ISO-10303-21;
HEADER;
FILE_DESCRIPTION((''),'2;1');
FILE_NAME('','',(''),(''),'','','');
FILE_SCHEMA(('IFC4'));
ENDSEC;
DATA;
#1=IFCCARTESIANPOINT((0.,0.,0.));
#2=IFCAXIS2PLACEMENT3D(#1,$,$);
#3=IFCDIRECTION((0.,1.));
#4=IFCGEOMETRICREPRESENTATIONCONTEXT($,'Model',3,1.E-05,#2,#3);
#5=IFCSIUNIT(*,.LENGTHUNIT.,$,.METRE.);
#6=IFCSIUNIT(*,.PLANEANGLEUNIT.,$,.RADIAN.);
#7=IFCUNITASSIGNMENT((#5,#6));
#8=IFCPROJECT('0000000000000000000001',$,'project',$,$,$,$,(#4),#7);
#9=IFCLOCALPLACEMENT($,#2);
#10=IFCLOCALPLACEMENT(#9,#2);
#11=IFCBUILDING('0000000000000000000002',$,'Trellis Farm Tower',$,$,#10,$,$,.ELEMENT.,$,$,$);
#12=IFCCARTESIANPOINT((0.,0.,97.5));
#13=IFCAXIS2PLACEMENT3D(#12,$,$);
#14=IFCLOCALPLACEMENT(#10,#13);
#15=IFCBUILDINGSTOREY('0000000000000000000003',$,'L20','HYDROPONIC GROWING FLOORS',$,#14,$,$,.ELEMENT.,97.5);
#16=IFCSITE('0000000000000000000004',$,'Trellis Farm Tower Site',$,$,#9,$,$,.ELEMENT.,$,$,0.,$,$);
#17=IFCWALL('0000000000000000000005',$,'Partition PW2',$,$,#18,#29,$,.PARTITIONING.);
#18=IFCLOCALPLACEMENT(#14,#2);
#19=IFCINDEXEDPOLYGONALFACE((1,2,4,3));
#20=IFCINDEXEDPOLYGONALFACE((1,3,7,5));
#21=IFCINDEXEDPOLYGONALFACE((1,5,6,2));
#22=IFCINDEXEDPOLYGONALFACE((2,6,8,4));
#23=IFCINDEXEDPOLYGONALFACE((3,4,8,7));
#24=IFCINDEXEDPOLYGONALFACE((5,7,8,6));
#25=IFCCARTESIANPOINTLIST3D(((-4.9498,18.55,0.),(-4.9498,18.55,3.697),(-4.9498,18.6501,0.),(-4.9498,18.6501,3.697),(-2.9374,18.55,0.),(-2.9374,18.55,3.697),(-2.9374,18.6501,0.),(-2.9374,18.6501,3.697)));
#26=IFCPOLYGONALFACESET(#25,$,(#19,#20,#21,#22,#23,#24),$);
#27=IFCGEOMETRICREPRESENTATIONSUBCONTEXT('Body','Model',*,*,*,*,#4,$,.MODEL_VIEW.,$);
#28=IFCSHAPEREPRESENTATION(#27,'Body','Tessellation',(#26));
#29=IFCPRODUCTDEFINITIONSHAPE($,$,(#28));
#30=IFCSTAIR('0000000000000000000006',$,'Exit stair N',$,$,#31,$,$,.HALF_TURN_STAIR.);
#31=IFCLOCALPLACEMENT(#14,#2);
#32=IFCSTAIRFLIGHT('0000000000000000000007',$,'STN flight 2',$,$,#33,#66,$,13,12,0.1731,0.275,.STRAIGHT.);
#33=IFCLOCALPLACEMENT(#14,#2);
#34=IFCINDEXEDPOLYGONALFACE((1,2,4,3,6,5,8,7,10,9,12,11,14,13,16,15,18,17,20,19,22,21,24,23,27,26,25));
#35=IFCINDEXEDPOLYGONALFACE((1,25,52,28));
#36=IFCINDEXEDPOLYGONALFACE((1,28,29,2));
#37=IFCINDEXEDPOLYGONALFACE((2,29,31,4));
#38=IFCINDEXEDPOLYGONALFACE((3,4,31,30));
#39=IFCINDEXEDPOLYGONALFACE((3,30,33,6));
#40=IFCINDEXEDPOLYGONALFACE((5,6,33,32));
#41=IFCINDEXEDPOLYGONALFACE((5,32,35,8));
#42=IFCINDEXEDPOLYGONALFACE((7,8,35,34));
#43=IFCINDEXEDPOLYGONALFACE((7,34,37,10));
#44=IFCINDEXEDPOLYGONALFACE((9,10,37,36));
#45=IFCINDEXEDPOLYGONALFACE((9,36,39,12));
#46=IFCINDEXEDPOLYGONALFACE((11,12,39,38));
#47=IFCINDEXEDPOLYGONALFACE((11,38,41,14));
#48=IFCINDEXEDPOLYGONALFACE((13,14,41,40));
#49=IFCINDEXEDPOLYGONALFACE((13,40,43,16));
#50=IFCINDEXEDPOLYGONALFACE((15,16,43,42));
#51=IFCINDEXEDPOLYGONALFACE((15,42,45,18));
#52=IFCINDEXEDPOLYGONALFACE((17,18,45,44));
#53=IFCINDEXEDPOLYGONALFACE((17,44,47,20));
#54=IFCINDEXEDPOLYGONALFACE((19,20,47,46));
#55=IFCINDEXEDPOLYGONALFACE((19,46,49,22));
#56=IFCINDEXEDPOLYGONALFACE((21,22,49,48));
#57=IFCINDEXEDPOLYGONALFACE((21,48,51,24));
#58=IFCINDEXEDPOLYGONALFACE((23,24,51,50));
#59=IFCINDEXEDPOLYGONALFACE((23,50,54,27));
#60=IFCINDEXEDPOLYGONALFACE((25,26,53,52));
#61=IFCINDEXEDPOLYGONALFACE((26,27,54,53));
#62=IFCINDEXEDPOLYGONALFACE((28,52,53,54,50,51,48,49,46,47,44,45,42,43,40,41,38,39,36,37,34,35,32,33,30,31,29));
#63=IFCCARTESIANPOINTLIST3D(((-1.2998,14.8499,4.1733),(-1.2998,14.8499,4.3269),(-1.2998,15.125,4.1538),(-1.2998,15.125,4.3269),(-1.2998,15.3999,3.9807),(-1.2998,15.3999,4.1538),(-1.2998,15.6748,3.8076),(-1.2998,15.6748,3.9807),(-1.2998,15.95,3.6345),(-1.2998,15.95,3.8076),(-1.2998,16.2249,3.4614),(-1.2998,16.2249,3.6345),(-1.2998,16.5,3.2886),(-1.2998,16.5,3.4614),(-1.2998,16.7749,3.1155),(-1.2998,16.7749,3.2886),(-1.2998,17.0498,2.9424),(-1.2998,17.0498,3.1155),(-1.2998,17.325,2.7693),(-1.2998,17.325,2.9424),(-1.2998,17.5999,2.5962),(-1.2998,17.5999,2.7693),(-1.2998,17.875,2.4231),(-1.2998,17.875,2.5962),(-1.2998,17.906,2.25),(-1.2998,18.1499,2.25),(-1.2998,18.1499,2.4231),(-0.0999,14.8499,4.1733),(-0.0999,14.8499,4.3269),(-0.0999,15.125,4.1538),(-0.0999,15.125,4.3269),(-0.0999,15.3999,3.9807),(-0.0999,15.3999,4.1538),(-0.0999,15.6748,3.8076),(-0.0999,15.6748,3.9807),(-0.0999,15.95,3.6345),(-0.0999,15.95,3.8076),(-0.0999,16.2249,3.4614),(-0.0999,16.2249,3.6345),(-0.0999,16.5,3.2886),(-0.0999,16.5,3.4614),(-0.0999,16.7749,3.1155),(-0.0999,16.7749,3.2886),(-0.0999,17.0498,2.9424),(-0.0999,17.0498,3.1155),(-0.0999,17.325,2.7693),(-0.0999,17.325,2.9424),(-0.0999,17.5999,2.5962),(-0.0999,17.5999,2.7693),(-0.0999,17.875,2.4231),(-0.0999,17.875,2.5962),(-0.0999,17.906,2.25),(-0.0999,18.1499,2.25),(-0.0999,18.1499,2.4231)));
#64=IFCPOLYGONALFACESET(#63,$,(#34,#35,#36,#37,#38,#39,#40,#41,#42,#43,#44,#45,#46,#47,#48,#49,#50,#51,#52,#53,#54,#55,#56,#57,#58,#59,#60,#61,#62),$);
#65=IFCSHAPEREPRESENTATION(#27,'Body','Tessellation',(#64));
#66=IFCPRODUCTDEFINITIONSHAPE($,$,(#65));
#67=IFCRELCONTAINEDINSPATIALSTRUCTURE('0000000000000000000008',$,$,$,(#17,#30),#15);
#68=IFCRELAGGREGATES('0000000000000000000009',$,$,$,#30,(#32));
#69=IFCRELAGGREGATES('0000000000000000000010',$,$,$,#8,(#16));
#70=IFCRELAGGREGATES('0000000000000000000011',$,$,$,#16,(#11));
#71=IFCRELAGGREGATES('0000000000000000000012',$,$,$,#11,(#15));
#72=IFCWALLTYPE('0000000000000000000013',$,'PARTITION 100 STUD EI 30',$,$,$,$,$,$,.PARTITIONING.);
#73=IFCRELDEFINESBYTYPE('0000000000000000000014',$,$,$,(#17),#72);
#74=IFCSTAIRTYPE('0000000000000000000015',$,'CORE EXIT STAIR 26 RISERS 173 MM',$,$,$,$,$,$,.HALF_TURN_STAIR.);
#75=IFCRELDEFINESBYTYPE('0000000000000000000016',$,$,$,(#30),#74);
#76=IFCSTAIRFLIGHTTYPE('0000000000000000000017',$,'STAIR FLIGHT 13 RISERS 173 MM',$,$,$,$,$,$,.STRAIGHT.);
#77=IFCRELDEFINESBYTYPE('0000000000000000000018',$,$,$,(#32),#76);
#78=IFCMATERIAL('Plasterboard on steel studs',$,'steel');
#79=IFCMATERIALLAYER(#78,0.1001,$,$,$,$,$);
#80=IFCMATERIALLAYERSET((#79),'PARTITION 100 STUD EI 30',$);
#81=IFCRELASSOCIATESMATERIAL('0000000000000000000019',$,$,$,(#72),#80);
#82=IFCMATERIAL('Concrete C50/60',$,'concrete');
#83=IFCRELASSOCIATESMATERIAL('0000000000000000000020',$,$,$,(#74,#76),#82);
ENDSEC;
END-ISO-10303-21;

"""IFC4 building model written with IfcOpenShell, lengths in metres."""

from ifc_helpers import new_model, si_unit, direction, frame, frame_2d, origin, place, context, subcontext, project, spatial, polyline, rectangle, outline, extrude, source, transform, mapped, material, layer, layer_set, type_object, element, aggregate, save


model = new_model("IFC4")

# Units and contexts
model_context = context("Model", 3, precision=1e-05, world=origin(), true_north=direction((0.0, 1.0)))
body_context = subcontext(model_context, "Body", "Model", "MODEL_VIEW")
ifc_project = project(units=[si_unit("LENGTHUNIT", "METRE"), si_unit("PLANEANGLEUNIT", "RADIAN")], contexts=[model_context])

# Site, building, storey
site_placement = place(None, origin())
site = spatial("IfcSite", under=ifc_project, at=site_placement, Name="Trellis Farm Tower Site", CompositionType="ELEMENT", RefElevation=0.0)
building_placement = place(site_placement, origin())
building = spatial("IfcBuilding", under=site, at=building_placement, Name="Trellis Farm Tower", CompositionType="ELEMENT")
storey_placement = place(building_placement, frame((0.0, 0.0, 97.5)))
storey = spatial("IfcBuildingStorey", under=building, at=storey_placement, Name="L20", Description="HYDROPONIC GROWING FLOORS", CompositionType="ELEMENT", Elevation=97.5)

# Shared definitions
placement_1 = place(storey_placement, origin())

# Wall
ifc_material_1 = material(Name="Plasterboard on steel studs", Category="steel")
ifc_layer_1 = layer(ifc_material_1, 0.1001)
ifc_layer_set_1 = layer_set([ifc_layer_1], Name="PARTITION 100 STUD EI 30")
wall_type_1 = type_object("IfcWallType", Name="PARTITION 100 STUD EI 30", PredefinedType="PARTITIONING", material=ifc_layer_set_1)
shared_shape_1 = source(origin(), body_context, "Body", "SweptSolid", [
    extrude(rectangle(XDim=2.0125, YDim=0.1001, at=frame_2d((1.0063, 0.0))), origin(), (0.0, 0.0, 1.0), 3.697),
])
wall_1_placement = place(storey_placement, frame((-4.95, 18.6001, 0.0), z_axis=(0.0, 0.0, 1.0), x_axis=(1.0, 0.0, 0.0)))
element("IfcWall", 1, at=wall_1_placement, inside=storey, type_object=wall_type_1, Name="Partition PW2", PredefinedType="PARTITIONING", context=body_context, shape_type="MappedRepresentation", body=[
    mapped(shared_shape_1, transform((0.0, 0.0, 0.0))),
])

# Stair, stair flight
ifc_material_2 = material(Name="Concrete C50/60", Category="concrete")
stair_type = type_object("IfcStairType", Name="CORE EXIT STAIR 26 RISERS 173 MM", PredefinedType="HALF_TURN_STAIR", material=ifc_material_2)
stair = element("IfcStair", 2, at=placement_1, inside=storey, type_object=stair_type, Name="Exit stair N", PredefinedType="HALF_TURN_STAIR")
stair_flight_type = type_object("IfcStairFlightType", Name="STAIR FLIGHT 13 RISERS 173 MM", PredefinedType="STRAIGHT", material=ifc_material_2)
shared_shape_2 = source(origin(), body_context, "Body", "SweptSolid", [
    extrude(outline(polyline([(0.0, 0.0), (0.0, 0.1731), (0.2749, 0.1731), (0.2749, 0.3462), (0.55, 0.3462), (0.55, 0.5193), (0.825, 0.5193), (0.825, 0.6924), (1.1001, 0.6924), (1.1001, 0.8655), (1.375, 0.8655), (1.375, 1.0386), (1.6499, 1.0386), (1.6499, 1.2114), (1.925, 1.2114), (1.925, 1.3845), (2.2, 1.3845), (2.2, 1.5576), (2.4751, 1.5576), (2.4751, 1.7307), (2.75, 1.7307), (2.75, 1.9038), (3.0249, 1.9038), (3.0249, 2.0769), (3.3, 2.0769), (3.3, 2.25), (3.3, 1.9233), (0.2439, 0.0), (0.0, 0.0)])), frame((0.0, 0.6001, 0.0), z_axis=(0.0, -1.0, 0.0), x_axis=(1.0, 0.0, 0.0)), (0.0, 0.0, 1.0), 1.2),
])
stair_flight_placement = place(storey_placement, frame((-0.7, 18.1499, 2.25), z_axis=(0.0, 0.0, 1.0), x_axis=(0.0, -1.0, 0.0)))
stair_flight = element("IfcStairFlight", 3, at=stair_flight_placement, type_object=stair_flight_type, Name="STN flight 2", NumberOfRisers=13, NumberOfTreads=12, PredefinedType="STRAIGHT", RiserHeight=0.1731, TreadLength=0.275, context=body_context, shape_type="MappedRepresentation", body=[
    mapped(shared_shape_2, transform((0.0, 0.0, 0.0))),
])
aggregate(stair, [stair_flight])

save(model, "model.ifc")
